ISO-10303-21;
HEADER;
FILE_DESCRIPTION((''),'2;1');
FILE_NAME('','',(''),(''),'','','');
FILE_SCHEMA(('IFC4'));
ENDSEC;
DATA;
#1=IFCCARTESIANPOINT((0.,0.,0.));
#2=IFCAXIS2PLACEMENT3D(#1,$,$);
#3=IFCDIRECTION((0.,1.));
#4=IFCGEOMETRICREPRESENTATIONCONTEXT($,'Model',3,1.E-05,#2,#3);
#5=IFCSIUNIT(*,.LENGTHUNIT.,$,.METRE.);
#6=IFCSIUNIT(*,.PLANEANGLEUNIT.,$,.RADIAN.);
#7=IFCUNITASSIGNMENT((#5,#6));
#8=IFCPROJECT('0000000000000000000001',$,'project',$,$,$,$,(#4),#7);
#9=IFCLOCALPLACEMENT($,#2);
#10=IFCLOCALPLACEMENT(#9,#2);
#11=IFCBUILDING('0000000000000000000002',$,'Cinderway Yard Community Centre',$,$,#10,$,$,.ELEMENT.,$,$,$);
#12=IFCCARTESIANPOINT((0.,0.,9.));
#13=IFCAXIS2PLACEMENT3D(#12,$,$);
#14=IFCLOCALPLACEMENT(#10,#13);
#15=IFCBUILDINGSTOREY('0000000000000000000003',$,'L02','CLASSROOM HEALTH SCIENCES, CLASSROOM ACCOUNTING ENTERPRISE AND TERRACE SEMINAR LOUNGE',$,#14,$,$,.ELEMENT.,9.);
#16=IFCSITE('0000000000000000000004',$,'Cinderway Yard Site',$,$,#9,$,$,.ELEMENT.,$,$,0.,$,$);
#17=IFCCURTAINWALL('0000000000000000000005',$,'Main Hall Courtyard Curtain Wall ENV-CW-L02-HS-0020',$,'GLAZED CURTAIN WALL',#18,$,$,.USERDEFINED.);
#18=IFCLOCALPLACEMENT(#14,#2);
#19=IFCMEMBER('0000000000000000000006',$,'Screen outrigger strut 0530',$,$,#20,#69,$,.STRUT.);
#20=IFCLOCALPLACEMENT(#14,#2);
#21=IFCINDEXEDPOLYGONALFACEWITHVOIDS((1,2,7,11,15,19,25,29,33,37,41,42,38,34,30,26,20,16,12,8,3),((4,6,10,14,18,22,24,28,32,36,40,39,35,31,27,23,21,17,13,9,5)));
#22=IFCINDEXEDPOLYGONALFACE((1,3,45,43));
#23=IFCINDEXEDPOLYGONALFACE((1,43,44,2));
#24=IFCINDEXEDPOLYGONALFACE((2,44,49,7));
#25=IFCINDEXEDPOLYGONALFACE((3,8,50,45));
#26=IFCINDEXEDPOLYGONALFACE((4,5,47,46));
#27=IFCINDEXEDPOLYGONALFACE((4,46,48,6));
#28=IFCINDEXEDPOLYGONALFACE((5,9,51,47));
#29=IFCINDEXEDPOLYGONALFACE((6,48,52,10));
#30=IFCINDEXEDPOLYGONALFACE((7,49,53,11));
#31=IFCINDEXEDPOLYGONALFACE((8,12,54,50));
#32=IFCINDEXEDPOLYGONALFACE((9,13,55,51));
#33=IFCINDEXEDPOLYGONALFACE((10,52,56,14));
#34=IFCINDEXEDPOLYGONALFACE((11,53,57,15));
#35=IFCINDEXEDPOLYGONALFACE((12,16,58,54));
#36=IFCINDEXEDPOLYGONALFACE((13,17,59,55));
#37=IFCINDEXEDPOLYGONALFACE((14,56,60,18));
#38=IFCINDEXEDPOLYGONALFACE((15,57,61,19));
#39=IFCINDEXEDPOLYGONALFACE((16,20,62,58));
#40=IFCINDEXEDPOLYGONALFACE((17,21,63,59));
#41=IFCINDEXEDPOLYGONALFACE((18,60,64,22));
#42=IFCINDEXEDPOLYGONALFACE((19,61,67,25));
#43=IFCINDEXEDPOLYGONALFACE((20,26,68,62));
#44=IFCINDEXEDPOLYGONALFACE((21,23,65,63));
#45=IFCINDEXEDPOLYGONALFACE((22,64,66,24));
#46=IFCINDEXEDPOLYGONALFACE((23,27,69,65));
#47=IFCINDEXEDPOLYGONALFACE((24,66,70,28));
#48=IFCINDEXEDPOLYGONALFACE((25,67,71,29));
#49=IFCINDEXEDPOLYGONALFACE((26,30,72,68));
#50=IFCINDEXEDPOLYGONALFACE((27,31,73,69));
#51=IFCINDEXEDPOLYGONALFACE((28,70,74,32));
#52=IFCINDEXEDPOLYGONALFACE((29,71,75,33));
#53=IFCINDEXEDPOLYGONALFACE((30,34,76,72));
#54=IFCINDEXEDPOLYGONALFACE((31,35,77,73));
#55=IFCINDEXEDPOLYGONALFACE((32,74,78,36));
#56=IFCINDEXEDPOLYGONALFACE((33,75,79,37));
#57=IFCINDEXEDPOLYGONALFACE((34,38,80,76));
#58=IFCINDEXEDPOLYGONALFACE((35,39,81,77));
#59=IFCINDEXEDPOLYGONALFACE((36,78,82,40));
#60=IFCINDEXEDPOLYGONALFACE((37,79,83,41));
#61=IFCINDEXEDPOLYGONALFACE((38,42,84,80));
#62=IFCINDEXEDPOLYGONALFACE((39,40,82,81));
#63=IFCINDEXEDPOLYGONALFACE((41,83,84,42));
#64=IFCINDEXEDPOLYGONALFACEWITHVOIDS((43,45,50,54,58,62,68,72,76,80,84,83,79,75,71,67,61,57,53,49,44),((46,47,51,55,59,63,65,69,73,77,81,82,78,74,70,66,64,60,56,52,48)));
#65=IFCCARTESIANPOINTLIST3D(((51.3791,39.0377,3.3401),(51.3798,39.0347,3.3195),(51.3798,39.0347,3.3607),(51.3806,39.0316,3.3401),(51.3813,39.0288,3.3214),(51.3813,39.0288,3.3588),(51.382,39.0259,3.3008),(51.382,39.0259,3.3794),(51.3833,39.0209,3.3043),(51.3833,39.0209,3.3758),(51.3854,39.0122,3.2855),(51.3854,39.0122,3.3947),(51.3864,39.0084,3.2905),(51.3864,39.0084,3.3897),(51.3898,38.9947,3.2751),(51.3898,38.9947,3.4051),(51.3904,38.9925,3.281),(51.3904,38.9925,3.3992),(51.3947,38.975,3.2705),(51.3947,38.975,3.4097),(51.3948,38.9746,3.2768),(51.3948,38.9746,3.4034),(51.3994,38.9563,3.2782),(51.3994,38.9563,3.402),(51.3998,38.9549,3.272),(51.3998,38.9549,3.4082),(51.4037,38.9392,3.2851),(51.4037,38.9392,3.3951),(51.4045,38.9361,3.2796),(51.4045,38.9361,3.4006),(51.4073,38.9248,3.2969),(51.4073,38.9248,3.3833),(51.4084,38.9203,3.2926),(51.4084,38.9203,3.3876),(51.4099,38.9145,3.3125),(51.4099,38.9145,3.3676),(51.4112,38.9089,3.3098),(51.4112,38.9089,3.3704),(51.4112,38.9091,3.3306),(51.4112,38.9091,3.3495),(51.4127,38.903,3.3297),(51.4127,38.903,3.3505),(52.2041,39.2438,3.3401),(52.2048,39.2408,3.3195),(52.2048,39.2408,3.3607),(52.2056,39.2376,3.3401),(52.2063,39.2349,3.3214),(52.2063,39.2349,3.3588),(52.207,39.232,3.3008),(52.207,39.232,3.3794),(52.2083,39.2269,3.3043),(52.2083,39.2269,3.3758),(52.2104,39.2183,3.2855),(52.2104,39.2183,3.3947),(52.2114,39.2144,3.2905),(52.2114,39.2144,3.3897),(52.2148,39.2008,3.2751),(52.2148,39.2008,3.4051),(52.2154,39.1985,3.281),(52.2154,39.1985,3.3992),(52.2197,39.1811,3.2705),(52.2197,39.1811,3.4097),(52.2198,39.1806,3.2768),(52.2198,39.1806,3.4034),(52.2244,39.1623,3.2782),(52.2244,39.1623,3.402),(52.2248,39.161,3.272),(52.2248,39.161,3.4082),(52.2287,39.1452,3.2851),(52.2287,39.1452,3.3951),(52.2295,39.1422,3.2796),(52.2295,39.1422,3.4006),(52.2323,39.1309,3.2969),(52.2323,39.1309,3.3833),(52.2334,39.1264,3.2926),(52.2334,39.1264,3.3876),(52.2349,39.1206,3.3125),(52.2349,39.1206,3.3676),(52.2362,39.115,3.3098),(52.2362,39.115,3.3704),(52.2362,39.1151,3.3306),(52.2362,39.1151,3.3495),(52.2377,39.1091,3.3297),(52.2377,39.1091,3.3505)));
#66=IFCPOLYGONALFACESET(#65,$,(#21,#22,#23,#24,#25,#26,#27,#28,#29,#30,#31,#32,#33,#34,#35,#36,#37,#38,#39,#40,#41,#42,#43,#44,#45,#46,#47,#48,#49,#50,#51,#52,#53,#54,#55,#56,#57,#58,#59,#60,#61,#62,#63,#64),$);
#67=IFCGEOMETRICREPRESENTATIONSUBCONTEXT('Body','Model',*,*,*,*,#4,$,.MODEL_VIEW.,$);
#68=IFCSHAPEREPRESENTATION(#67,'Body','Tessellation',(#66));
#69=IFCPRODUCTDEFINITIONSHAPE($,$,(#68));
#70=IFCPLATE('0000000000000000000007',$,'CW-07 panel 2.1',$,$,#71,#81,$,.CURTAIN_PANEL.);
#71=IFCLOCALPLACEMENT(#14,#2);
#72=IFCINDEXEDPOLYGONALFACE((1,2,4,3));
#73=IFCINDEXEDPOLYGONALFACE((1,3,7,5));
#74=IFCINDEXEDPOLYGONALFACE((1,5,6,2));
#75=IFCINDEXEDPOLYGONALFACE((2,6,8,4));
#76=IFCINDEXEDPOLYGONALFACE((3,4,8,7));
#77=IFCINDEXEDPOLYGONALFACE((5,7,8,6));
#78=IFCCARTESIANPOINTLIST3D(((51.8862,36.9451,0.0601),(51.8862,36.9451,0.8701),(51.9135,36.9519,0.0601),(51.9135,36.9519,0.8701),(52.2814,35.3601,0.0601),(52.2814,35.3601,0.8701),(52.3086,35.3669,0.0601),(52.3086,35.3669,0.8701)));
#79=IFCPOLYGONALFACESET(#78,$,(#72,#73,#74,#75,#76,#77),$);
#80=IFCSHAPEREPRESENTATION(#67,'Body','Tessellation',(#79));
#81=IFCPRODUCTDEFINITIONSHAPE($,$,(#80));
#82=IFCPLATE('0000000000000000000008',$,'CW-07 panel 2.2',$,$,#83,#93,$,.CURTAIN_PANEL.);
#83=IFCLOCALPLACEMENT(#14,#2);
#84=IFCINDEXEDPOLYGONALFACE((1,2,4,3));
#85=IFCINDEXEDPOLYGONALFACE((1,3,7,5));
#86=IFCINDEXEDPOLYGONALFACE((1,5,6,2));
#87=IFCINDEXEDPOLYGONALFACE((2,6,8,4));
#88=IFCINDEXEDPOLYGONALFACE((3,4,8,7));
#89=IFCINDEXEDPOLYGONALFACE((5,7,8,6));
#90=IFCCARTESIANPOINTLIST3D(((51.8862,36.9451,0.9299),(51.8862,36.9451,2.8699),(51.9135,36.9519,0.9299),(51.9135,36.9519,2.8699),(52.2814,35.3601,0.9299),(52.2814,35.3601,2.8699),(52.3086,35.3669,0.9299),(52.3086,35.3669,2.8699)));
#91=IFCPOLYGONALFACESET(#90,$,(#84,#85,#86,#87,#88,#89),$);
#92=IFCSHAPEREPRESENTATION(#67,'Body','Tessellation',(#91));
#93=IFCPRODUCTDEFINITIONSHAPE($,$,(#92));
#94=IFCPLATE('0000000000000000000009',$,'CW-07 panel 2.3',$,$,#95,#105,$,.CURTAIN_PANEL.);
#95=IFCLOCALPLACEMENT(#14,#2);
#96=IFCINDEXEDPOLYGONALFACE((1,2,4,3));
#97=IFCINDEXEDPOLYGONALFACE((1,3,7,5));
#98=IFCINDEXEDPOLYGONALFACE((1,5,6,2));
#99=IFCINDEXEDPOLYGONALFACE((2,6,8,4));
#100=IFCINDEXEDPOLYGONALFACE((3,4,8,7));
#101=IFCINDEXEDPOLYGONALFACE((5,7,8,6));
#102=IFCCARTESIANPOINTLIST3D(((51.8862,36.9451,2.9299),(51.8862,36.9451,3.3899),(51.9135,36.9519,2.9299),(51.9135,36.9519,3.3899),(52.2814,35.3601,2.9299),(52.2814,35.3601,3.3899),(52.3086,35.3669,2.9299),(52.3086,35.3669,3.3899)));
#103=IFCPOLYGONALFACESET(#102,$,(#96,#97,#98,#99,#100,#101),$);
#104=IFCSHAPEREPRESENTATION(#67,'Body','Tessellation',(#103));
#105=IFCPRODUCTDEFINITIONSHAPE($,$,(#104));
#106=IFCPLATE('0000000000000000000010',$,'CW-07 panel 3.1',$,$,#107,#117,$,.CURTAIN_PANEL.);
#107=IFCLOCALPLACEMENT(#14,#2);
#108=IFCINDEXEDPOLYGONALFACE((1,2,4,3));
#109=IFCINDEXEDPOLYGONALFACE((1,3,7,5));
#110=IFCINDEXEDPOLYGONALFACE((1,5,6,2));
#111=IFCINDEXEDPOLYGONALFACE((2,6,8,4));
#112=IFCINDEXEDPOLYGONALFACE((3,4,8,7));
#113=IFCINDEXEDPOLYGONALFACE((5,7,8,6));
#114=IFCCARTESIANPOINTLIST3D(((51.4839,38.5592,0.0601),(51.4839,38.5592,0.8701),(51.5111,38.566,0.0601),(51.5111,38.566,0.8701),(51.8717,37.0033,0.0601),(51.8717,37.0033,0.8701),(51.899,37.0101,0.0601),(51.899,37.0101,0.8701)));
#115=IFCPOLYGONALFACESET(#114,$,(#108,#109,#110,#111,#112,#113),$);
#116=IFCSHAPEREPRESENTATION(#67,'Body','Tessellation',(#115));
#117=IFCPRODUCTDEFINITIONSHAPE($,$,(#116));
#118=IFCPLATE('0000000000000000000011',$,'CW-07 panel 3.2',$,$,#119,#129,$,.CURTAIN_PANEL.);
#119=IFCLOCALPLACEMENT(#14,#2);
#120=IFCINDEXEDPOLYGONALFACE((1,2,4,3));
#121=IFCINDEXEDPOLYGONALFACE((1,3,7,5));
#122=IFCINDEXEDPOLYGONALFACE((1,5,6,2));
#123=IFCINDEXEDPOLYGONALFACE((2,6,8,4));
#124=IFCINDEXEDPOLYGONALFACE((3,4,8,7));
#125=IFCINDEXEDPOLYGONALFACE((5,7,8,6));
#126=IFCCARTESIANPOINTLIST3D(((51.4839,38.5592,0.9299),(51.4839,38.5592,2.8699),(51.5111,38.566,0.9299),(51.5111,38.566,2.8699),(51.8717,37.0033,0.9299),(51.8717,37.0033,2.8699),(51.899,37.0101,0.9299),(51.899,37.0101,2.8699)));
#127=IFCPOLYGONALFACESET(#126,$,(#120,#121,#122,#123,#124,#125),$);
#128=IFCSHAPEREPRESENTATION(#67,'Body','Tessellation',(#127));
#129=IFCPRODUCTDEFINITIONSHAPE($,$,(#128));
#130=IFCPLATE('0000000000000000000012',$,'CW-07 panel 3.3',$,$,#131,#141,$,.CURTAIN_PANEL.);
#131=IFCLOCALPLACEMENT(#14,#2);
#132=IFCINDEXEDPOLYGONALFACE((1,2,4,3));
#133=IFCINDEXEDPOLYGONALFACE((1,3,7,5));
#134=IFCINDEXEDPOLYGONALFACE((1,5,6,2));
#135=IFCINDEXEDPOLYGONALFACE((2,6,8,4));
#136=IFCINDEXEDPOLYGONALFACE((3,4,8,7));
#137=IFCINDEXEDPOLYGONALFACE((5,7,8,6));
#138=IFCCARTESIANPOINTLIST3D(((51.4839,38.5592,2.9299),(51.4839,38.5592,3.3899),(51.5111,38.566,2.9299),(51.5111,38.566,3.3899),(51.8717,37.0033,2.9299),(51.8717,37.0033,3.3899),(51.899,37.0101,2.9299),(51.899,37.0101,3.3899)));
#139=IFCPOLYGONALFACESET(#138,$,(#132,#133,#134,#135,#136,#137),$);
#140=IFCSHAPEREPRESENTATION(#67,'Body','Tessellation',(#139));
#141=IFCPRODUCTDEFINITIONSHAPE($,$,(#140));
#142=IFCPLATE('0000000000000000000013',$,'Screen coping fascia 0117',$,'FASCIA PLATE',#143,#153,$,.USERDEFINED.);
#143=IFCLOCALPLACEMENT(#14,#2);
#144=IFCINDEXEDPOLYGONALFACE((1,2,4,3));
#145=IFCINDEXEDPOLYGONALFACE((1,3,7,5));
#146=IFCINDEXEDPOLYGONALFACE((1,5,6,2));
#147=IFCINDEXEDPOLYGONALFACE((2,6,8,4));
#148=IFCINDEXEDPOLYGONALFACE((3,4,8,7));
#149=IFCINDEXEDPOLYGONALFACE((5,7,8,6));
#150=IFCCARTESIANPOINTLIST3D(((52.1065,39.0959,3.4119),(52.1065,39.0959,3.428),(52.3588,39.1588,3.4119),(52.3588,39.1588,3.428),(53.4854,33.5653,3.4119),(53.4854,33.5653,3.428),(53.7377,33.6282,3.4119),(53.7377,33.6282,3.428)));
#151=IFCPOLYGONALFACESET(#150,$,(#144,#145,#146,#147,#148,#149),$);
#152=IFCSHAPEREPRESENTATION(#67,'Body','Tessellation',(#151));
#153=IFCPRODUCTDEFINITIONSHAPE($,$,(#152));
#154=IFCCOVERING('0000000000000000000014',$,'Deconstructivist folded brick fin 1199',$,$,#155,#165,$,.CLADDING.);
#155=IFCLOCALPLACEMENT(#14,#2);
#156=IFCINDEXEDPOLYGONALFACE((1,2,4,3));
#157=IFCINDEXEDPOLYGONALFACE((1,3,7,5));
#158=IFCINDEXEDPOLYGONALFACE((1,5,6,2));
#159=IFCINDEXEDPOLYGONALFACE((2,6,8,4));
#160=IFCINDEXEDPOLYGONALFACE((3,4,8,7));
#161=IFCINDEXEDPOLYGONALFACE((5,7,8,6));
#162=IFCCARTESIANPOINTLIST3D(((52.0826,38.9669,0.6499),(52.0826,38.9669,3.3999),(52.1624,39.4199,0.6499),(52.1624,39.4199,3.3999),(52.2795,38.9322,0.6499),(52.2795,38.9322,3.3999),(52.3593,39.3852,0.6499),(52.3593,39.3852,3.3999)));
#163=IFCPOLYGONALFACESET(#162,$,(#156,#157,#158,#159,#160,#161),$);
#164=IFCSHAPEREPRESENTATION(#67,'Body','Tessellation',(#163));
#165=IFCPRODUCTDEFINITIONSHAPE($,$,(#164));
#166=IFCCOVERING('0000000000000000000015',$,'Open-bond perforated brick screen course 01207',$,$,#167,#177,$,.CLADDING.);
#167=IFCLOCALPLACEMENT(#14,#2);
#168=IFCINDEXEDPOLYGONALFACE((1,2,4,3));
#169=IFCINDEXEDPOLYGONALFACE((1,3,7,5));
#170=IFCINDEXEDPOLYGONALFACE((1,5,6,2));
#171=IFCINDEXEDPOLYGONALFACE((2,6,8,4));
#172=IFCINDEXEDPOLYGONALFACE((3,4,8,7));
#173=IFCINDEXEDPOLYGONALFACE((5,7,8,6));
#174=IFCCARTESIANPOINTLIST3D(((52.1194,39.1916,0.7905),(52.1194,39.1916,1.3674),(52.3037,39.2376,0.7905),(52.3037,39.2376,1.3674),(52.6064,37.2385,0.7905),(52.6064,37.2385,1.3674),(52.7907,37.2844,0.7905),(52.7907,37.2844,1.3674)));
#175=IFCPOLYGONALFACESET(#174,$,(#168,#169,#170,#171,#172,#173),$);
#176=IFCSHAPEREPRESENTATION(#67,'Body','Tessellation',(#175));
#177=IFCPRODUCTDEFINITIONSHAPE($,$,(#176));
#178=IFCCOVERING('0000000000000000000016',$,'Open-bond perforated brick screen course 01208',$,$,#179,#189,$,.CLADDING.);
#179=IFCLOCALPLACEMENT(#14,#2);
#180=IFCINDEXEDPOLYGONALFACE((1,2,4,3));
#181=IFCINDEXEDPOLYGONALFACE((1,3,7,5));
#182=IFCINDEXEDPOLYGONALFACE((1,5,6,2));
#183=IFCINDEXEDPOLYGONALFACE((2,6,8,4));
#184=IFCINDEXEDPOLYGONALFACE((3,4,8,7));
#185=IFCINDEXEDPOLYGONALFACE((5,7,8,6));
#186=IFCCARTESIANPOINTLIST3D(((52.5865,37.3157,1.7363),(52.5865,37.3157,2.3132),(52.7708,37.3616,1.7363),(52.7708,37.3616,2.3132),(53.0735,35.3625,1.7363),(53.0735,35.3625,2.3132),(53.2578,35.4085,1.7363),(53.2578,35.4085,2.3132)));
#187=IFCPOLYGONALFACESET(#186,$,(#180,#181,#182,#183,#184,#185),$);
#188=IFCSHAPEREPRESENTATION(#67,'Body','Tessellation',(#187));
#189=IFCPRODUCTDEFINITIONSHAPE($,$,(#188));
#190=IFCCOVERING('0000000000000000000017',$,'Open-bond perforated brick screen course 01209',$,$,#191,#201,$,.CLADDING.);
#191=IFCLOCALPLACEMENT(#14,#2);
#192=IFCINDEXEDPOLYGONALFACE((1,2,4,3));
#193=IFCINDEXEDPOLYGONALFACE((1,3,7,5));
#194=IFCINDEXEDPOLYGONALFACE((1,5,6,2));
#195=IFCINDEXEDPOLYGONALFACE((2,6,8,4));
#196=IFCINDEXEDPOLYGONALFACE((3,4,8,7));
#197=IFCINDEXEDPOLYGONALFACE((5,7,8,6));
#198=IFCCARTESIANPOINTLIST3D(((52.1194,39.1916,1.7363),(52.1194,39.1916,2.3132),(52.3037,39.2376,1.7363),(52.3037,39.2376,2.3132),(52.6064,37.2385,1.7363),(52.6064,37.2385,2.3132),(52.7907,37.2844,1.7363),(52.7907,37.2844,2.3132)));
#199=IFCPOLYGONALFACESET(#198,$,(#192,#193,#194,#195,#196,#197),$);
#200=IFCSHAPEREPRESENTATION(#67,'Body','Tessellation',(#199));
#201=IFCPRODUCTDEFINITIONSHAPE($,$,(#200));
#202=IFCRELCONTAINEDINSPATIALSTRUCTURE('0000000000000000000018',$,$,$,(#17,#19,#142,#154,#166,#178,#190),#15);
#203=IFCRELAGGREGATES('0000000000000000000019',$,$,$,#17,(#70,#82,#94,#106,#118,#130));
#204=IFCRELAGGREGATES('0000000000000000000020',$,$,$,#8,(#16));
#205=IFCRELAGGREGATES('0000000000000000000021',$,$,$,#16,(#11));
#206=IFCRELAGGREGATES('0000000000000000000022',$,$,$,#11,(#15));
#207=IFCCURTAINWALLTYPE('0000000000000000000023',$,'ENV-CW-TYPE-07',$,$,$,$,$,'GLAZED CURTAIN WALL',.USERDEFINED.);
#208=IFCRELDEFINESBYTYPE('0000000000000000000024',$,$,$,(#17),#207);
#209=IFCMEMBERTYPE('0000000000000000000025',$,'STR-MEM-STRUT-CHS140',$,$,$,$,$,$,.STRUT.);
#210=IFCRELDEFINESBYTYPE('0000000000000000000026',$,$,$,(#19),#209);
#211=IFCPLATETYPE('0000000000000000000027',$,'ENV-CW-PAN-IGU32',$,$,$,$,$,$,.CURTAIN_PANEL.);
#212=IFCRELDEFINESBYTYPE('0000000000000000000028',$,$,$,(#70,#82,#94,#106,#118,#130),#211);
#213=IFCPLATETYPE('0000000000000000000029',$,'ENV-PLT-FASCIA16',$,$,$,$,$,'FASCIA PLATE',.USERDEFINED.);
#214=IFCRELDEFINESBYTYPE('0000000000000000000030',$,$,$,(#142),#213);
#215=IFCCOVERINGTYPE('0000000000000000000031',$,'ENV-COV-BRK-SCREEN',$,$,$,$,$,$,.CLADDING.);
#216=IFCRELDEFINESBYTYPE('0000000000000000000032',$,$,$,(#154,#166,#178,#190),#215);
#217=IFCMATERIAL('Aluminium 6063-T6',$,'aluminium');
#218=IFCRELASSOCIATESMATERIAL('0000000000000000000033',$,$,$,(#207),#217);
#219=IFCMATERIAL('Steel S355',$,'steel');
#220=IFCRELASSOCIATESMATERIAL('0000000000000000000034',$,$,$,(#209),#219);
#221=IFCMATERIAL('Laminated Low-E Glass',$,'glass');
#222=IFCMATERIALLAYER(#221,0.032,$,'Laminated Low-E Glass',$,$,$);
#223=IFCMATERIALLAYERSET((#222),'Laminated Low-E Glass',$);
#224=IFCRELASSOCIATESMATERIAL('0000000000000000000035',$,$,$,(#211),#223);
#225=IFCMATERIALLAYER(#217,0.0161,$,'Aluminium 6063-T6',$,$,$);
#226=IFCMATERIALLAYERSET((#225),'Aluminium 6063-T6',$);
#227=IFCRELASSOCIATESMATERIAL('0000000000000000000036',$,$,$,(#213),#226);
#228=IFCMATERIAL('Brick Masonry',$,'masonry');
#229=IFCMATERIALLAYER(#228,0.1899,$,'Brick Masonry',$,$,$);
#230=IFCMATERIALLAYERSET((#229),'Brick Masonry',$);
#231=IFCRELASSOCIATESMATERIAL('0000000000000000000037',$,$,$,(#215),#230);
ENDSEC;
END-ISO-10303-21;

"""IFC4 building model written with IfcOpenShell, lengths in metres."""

from ifc_helpers import new_model, si_unit, direction, frame, origin, origin_2d, place, context, subcontext, project, spatial, rectangle, hollow_circle, extrude, material, layer, layer_set, material_profile, profile_set, type_object, element, aggregate, save


model = new_model("IFC4")

# Units and contexts
model_context = context("Model", 3, precision=1e-05, world=origin(), true_north=direction((0.0, 1.0)))
body_context = subcontext(model_context, "Body", "Model", "MODEL_VIEW")
ifc_project = project(units=[si_unit("LENGTHUNIT", "METRE"), si_unit("PLANEANGLEUNIT", "RADIAN")], contexts=[model_context])

# Site, building, storey
site_placement = place(None, origin())
site = spatial("IfcSite", under=ifc_project, at=site_placement, Name="Cinderway Yard Site", CompositionType="ELEMENT", RefElevation=0.0)
building_placement = place(site_placement, origin())
building = spatial("IfcBuilding", under=site, at=building_placement, Name="Cinderway Yard Community Centre", CompositionType="ELEMENT")
storey_placement = place(building_placement, frame((0.0, 0.0, 9.0)))
storey = spatial("IfcBuildingStorey", under=building, at=storey_placement, Name="L02", Description="CLASSROOM HEALTH SCIENCES, CLASSROOM ACCOUNTING ENTERPRISE AND TERRACE SEMINAR LOUNGE", CompositionType="ELEMENT", Elevation=9.0)

# Curtain wall
ifc_material_1 = material(Name="Aluminium 6063-T6", Category="aluminium")
curtain_wall_type = type_object("IfcCurtainWallType", Name="ENV-CW-TYPE-07", ElementType="GLAZED CURTAIN WALL", PredefinedType="USERDEFINED", material=ifc_material_1)
curtain_wall_placement = place(storey_placement, origin())
curtain_wall = element("IfcCurtainWall", 1, at=curtain_wall_placement, inside=storey, type_object=curtain_wall_type, Name="Main Hall Courtyard Curtain Wall ENV-CW-L02-HS-0020", ObjectType="GLAZED CURTAIN WALL", PredefinedType="USERDEFINED")

# Shared definitions
ifc_material_2 = material(Name="Steel S355", Category="steel")

# Member
ifc_material_profile_1 = material_profile(ifc_material_2, hollow_circle(Radius=0.0698, WallThickness=0.0063, at=origin_2d()), Name="Steel S355")
ifc_profile_set_1 = profile_set([ifc_material_profile_1], Name="Steel S355")
member_type_1 = type_object("IfcMemberType", Name="STR-MEM-STRUT-CHS140", PredefinedType="STRUT", material=ifc_profile_set_1)
for number, where, z_axis, x_axis, name in (
    (2, (51.396, 38.97, 3.3401), (0.970193, 0.242333, 0.0), (-0.242333, 0.970193, 0.0), "Screen outrigger strut 0530"),
):
    element("IfcMember", number, at=place(storey_placement, frame(where, z_axis=z_axis, x_axis=x_axis)), inside=storey, type_object=member_type_1, Name=name, PredefinedType="STRUT", context=body_context, shape_type="SweptSolid", body=[
        extrude(hollow_circle(Radius=0.0698, WallThickness=0.0063, at=origin_2d()), origin(), (0.0, 0.0, 1.0), 0.8503),
    ])

# Plates
ifc_material_3 = material(Name="Laminated Low-E Glass", Category="glass")
ifc_layer_1 = layer(ifc_material_3, 0.032, Name="Laminated Low-E Glass")
ifc_layer_set_1 = layer_set([ifc_layer_1], Name="Laminated Low-E Glass")
plate_type_1 = type_object("IfcPlateType", Name="ENV-CW-PAN-IGU32", PredefinedType="CURTAIN_PANEL", material=ifc_layer_set_1)
plate_1_placement = place(storey_placement, frame((52.0974, 36.156, 0.0601), z_axis=(0.0, 0.0, 1.0), x_axis=(-0.241887, 0.970304, 0.0)))
plate_1 = element("IfcPlate", 3, at=plate_1_placement, type_object=plate_type_1, Name="CW-07 panel 2.1", PredefinedType="CURTAIN_PANEL", context=body_context, shape_type="SweptSolid", body=[
    extrude(rectangle(XDim=1.6335, YDim=0.0281, at=origin_2d()), origin(), (0.0, 0.0, 1.0), 0.8101),
])
plate_2_placement = place(storey_placement, frame((52.0974, 36.156, 0.9299), z_axis=(0.0, 0.0, 1.0), x_axis=(-0.241887, 0.970304, 0.0)))
plate_2 = element("IfcPlate", 4, at=plate_2_placement, type_object=plate_type_1, Name="CW-07 panel 2.2", PredefinedType="CURTAIN_PANEL", context=body_context, shape_type="SweptSolid", body=[
    extrude(rectangle(XDim=1.6335, YDim=0.0281, at=origin_2d()), origin(), (0.0, 0.0, 1.0), 1.9399),
])
plate_3_placement = place(storey_placement, frame((52.0974, 36.156, 2.9299), z_axis=(0.0, 0.0, 1.0), x_axis=(-0.241887, 0.970304, 0.0)))
plate_3 = element("IfcPlate", 5, at=plate_3_placement, type_object=plate_type_1, Name="CW-07 panel 2.3", PredefinedType="CURTAIN_PANEL", context=body_context, shape_type="SweptSolid", body=[
    extrude(rectangle(XDim=1.6335, YDim=0.0281, at=origin_2d()), origin(), (0.0, 0.0, 1.0), 0.46),
])
plate_4_placement = place(storey_placement, frame((51.6914, 37.7847, 0.0601), z_axis=(0.0, 0.0, 1.0), x_axis=(-0.241887, 0.970304, 0.0)))
plate_4 = element("IfcPlate", 6, at=plate_4_placement, type_object=plate_type_1, Name="CW-07 panel 3.1", PredefinedType="CURTAIN_PANEL", context=body_context, shape_type="SweptSolid", body=[
    extrude(rectangle(XDim=1.6035, YDim=0.0281, at=origin_2d()), origin(), (0.0, 0.0, 1.0), 0.8101),
])
plate_5_placement = place(storey_placement, frame((51.6914, 37.7847, 0.9299), z_axis=(0.0, 0.0, 1.0), x_axis=(-0.241887, 0.970304, 0.0)))
plate_5 = element("IfcPlate", 7, at=plate_5_placement, type_object=plate_type_1, Name="CW-07 panel 3.2", PredefinedType="CURTAIN_PANEL", context=body_context, shape_type="SweptSolid", body=[
    extrude(rectangle(XDim=1.6035, YDim=0.0281, at=origin_2d()), origin(), (0.0, 0.0, 1.0), 1.9399),
])
plate_6_placement = place(storey_placement, frame((51.6914, 37.7847, 2.9299), z_axis=(0.0, 0.0, 1.0), x_axis=(-0.241887, 0.970304, 0.0)))
plate_6 = element("IfcPlate", 8, at=plate_6_placement, type_object=plate_type_1, Name="CW-07 panel 3.3", PredefinedType="CURTAIN_PANEL", context=body_context, shape_type="SweptSolid", body=[
    extrude(rectangle(XDim=1.6035, YDim=0.0281, at=origin_2d()), origin(), (0.0, 0.0, 1.0), 0.46),
])
aggregate(curtain_wall, [plate_1, plate_2, plate_3, plate_4, plate_5, plate_6])
ifc_layer_2 = layer(ifc_material_1, 0.0161, Name="Aluminium 6063-T6")
ifc_layer_set_2 = layer_set([ifc_layer_2], Name="Aluminium 6063-T6")
plate_type_2 = type_object("IfcPlateType", Name="ENV-PLT-FASCIA16", ElementType="FASCIA PLATE", PredefinedType="USERDEFINED", material=ifc_layer_set_2)
plate_7_placement = place(storey_placement, frame((52.9221, 36.3621, 3.4119), z_axis=(0.0, 0.0, 1.0), x_axis=(0.241922, -0.970296, 0.0)))
element("IfcPlate", 9, at=plate_7_placement, inside=storey, type_object=plate_type_2, Name="Screen coping fascia 0117", ObjectType="FASCIA PLATE", PredefinedType="USERDEFINED", context=body_context, shape_type="SweptSolid", body=[
    extrude(rectangle(XDim=5.7, YDim=0.26, at=origin_2d()), origin(), (0.0, 0.0, 1.0), 0.0161),
])

# Coverings
ifc_material_4 = material(Name="Brick Masonry", Category="masonry")
ifc_layer_3 = layer(ifc_material_4, 0.1899, Name="Brick Masonry")
ifc_layer_set_3 = layer_set([ifc_layer_3], Name="Brick Masonry")
covering_type = type_object("IfcCoveringType", Name="ENV-COV-BRK-SCREEN", PredefinedType="CLADDING", material=ifc_layer_set_3)
covering_placement = place(storey_placement, frame((52.2209, 39.176, 0.6499), z_axis=(0.0, 0.0, 1.0), x_axis=(-0.173648, -0.984808, 0.0)))
element("IfcCovering", 10, at=covering_placement, inside=storey, type_object=covering_type, Name="Deconstructivist folded brick fin 1199", PredefinedType="CLADDING", context=body_context, shape_type="SweptSolid", body=[
    extrude(rectangle(XDim=0.46, YDim=0.2, at=origin_2d()), origin(), (0.0, 0.0, 1.0), 2.75),
])
for number, where, z_axis, x_axis, name in (
    (11, (52.4551, 38.238, 0.7905), (0.0, 0.0, 1.0), (0.241922, -0.970296, 0.0), "Open-bond perforated brick screen course 01207"),
    (12, (52.9221, 36.3621, 1.7363), (0.0, 0.0, 1.0), (0.241922, -0.970296, 0.0), "Open-bond perforated brick screen course 01208"),
    (13, (52.4551, 38.238, 1.7363), (0.0, 0.0, 1.0), (0.241922, -0.970296, 0.0), "Open-bond perforated brick screen course 01209"),
):
    element("IfcCovering", number, at=place(storey_placement, frame(where, z_axis=z_axis, x_axis=x_axis)), inside=storey, type_object=covering_type, Name=name, PredefinedType="CLADDING", context=body_context, shape_type="SweptSolid", body=[
        extrude(rectangle(XDim=2.0129, YDim=0.1899, at=origin_2d()), origin(), (0.0, 0.0, 1.0), 0.5769),
    ])

save(model, "model.ifc")
